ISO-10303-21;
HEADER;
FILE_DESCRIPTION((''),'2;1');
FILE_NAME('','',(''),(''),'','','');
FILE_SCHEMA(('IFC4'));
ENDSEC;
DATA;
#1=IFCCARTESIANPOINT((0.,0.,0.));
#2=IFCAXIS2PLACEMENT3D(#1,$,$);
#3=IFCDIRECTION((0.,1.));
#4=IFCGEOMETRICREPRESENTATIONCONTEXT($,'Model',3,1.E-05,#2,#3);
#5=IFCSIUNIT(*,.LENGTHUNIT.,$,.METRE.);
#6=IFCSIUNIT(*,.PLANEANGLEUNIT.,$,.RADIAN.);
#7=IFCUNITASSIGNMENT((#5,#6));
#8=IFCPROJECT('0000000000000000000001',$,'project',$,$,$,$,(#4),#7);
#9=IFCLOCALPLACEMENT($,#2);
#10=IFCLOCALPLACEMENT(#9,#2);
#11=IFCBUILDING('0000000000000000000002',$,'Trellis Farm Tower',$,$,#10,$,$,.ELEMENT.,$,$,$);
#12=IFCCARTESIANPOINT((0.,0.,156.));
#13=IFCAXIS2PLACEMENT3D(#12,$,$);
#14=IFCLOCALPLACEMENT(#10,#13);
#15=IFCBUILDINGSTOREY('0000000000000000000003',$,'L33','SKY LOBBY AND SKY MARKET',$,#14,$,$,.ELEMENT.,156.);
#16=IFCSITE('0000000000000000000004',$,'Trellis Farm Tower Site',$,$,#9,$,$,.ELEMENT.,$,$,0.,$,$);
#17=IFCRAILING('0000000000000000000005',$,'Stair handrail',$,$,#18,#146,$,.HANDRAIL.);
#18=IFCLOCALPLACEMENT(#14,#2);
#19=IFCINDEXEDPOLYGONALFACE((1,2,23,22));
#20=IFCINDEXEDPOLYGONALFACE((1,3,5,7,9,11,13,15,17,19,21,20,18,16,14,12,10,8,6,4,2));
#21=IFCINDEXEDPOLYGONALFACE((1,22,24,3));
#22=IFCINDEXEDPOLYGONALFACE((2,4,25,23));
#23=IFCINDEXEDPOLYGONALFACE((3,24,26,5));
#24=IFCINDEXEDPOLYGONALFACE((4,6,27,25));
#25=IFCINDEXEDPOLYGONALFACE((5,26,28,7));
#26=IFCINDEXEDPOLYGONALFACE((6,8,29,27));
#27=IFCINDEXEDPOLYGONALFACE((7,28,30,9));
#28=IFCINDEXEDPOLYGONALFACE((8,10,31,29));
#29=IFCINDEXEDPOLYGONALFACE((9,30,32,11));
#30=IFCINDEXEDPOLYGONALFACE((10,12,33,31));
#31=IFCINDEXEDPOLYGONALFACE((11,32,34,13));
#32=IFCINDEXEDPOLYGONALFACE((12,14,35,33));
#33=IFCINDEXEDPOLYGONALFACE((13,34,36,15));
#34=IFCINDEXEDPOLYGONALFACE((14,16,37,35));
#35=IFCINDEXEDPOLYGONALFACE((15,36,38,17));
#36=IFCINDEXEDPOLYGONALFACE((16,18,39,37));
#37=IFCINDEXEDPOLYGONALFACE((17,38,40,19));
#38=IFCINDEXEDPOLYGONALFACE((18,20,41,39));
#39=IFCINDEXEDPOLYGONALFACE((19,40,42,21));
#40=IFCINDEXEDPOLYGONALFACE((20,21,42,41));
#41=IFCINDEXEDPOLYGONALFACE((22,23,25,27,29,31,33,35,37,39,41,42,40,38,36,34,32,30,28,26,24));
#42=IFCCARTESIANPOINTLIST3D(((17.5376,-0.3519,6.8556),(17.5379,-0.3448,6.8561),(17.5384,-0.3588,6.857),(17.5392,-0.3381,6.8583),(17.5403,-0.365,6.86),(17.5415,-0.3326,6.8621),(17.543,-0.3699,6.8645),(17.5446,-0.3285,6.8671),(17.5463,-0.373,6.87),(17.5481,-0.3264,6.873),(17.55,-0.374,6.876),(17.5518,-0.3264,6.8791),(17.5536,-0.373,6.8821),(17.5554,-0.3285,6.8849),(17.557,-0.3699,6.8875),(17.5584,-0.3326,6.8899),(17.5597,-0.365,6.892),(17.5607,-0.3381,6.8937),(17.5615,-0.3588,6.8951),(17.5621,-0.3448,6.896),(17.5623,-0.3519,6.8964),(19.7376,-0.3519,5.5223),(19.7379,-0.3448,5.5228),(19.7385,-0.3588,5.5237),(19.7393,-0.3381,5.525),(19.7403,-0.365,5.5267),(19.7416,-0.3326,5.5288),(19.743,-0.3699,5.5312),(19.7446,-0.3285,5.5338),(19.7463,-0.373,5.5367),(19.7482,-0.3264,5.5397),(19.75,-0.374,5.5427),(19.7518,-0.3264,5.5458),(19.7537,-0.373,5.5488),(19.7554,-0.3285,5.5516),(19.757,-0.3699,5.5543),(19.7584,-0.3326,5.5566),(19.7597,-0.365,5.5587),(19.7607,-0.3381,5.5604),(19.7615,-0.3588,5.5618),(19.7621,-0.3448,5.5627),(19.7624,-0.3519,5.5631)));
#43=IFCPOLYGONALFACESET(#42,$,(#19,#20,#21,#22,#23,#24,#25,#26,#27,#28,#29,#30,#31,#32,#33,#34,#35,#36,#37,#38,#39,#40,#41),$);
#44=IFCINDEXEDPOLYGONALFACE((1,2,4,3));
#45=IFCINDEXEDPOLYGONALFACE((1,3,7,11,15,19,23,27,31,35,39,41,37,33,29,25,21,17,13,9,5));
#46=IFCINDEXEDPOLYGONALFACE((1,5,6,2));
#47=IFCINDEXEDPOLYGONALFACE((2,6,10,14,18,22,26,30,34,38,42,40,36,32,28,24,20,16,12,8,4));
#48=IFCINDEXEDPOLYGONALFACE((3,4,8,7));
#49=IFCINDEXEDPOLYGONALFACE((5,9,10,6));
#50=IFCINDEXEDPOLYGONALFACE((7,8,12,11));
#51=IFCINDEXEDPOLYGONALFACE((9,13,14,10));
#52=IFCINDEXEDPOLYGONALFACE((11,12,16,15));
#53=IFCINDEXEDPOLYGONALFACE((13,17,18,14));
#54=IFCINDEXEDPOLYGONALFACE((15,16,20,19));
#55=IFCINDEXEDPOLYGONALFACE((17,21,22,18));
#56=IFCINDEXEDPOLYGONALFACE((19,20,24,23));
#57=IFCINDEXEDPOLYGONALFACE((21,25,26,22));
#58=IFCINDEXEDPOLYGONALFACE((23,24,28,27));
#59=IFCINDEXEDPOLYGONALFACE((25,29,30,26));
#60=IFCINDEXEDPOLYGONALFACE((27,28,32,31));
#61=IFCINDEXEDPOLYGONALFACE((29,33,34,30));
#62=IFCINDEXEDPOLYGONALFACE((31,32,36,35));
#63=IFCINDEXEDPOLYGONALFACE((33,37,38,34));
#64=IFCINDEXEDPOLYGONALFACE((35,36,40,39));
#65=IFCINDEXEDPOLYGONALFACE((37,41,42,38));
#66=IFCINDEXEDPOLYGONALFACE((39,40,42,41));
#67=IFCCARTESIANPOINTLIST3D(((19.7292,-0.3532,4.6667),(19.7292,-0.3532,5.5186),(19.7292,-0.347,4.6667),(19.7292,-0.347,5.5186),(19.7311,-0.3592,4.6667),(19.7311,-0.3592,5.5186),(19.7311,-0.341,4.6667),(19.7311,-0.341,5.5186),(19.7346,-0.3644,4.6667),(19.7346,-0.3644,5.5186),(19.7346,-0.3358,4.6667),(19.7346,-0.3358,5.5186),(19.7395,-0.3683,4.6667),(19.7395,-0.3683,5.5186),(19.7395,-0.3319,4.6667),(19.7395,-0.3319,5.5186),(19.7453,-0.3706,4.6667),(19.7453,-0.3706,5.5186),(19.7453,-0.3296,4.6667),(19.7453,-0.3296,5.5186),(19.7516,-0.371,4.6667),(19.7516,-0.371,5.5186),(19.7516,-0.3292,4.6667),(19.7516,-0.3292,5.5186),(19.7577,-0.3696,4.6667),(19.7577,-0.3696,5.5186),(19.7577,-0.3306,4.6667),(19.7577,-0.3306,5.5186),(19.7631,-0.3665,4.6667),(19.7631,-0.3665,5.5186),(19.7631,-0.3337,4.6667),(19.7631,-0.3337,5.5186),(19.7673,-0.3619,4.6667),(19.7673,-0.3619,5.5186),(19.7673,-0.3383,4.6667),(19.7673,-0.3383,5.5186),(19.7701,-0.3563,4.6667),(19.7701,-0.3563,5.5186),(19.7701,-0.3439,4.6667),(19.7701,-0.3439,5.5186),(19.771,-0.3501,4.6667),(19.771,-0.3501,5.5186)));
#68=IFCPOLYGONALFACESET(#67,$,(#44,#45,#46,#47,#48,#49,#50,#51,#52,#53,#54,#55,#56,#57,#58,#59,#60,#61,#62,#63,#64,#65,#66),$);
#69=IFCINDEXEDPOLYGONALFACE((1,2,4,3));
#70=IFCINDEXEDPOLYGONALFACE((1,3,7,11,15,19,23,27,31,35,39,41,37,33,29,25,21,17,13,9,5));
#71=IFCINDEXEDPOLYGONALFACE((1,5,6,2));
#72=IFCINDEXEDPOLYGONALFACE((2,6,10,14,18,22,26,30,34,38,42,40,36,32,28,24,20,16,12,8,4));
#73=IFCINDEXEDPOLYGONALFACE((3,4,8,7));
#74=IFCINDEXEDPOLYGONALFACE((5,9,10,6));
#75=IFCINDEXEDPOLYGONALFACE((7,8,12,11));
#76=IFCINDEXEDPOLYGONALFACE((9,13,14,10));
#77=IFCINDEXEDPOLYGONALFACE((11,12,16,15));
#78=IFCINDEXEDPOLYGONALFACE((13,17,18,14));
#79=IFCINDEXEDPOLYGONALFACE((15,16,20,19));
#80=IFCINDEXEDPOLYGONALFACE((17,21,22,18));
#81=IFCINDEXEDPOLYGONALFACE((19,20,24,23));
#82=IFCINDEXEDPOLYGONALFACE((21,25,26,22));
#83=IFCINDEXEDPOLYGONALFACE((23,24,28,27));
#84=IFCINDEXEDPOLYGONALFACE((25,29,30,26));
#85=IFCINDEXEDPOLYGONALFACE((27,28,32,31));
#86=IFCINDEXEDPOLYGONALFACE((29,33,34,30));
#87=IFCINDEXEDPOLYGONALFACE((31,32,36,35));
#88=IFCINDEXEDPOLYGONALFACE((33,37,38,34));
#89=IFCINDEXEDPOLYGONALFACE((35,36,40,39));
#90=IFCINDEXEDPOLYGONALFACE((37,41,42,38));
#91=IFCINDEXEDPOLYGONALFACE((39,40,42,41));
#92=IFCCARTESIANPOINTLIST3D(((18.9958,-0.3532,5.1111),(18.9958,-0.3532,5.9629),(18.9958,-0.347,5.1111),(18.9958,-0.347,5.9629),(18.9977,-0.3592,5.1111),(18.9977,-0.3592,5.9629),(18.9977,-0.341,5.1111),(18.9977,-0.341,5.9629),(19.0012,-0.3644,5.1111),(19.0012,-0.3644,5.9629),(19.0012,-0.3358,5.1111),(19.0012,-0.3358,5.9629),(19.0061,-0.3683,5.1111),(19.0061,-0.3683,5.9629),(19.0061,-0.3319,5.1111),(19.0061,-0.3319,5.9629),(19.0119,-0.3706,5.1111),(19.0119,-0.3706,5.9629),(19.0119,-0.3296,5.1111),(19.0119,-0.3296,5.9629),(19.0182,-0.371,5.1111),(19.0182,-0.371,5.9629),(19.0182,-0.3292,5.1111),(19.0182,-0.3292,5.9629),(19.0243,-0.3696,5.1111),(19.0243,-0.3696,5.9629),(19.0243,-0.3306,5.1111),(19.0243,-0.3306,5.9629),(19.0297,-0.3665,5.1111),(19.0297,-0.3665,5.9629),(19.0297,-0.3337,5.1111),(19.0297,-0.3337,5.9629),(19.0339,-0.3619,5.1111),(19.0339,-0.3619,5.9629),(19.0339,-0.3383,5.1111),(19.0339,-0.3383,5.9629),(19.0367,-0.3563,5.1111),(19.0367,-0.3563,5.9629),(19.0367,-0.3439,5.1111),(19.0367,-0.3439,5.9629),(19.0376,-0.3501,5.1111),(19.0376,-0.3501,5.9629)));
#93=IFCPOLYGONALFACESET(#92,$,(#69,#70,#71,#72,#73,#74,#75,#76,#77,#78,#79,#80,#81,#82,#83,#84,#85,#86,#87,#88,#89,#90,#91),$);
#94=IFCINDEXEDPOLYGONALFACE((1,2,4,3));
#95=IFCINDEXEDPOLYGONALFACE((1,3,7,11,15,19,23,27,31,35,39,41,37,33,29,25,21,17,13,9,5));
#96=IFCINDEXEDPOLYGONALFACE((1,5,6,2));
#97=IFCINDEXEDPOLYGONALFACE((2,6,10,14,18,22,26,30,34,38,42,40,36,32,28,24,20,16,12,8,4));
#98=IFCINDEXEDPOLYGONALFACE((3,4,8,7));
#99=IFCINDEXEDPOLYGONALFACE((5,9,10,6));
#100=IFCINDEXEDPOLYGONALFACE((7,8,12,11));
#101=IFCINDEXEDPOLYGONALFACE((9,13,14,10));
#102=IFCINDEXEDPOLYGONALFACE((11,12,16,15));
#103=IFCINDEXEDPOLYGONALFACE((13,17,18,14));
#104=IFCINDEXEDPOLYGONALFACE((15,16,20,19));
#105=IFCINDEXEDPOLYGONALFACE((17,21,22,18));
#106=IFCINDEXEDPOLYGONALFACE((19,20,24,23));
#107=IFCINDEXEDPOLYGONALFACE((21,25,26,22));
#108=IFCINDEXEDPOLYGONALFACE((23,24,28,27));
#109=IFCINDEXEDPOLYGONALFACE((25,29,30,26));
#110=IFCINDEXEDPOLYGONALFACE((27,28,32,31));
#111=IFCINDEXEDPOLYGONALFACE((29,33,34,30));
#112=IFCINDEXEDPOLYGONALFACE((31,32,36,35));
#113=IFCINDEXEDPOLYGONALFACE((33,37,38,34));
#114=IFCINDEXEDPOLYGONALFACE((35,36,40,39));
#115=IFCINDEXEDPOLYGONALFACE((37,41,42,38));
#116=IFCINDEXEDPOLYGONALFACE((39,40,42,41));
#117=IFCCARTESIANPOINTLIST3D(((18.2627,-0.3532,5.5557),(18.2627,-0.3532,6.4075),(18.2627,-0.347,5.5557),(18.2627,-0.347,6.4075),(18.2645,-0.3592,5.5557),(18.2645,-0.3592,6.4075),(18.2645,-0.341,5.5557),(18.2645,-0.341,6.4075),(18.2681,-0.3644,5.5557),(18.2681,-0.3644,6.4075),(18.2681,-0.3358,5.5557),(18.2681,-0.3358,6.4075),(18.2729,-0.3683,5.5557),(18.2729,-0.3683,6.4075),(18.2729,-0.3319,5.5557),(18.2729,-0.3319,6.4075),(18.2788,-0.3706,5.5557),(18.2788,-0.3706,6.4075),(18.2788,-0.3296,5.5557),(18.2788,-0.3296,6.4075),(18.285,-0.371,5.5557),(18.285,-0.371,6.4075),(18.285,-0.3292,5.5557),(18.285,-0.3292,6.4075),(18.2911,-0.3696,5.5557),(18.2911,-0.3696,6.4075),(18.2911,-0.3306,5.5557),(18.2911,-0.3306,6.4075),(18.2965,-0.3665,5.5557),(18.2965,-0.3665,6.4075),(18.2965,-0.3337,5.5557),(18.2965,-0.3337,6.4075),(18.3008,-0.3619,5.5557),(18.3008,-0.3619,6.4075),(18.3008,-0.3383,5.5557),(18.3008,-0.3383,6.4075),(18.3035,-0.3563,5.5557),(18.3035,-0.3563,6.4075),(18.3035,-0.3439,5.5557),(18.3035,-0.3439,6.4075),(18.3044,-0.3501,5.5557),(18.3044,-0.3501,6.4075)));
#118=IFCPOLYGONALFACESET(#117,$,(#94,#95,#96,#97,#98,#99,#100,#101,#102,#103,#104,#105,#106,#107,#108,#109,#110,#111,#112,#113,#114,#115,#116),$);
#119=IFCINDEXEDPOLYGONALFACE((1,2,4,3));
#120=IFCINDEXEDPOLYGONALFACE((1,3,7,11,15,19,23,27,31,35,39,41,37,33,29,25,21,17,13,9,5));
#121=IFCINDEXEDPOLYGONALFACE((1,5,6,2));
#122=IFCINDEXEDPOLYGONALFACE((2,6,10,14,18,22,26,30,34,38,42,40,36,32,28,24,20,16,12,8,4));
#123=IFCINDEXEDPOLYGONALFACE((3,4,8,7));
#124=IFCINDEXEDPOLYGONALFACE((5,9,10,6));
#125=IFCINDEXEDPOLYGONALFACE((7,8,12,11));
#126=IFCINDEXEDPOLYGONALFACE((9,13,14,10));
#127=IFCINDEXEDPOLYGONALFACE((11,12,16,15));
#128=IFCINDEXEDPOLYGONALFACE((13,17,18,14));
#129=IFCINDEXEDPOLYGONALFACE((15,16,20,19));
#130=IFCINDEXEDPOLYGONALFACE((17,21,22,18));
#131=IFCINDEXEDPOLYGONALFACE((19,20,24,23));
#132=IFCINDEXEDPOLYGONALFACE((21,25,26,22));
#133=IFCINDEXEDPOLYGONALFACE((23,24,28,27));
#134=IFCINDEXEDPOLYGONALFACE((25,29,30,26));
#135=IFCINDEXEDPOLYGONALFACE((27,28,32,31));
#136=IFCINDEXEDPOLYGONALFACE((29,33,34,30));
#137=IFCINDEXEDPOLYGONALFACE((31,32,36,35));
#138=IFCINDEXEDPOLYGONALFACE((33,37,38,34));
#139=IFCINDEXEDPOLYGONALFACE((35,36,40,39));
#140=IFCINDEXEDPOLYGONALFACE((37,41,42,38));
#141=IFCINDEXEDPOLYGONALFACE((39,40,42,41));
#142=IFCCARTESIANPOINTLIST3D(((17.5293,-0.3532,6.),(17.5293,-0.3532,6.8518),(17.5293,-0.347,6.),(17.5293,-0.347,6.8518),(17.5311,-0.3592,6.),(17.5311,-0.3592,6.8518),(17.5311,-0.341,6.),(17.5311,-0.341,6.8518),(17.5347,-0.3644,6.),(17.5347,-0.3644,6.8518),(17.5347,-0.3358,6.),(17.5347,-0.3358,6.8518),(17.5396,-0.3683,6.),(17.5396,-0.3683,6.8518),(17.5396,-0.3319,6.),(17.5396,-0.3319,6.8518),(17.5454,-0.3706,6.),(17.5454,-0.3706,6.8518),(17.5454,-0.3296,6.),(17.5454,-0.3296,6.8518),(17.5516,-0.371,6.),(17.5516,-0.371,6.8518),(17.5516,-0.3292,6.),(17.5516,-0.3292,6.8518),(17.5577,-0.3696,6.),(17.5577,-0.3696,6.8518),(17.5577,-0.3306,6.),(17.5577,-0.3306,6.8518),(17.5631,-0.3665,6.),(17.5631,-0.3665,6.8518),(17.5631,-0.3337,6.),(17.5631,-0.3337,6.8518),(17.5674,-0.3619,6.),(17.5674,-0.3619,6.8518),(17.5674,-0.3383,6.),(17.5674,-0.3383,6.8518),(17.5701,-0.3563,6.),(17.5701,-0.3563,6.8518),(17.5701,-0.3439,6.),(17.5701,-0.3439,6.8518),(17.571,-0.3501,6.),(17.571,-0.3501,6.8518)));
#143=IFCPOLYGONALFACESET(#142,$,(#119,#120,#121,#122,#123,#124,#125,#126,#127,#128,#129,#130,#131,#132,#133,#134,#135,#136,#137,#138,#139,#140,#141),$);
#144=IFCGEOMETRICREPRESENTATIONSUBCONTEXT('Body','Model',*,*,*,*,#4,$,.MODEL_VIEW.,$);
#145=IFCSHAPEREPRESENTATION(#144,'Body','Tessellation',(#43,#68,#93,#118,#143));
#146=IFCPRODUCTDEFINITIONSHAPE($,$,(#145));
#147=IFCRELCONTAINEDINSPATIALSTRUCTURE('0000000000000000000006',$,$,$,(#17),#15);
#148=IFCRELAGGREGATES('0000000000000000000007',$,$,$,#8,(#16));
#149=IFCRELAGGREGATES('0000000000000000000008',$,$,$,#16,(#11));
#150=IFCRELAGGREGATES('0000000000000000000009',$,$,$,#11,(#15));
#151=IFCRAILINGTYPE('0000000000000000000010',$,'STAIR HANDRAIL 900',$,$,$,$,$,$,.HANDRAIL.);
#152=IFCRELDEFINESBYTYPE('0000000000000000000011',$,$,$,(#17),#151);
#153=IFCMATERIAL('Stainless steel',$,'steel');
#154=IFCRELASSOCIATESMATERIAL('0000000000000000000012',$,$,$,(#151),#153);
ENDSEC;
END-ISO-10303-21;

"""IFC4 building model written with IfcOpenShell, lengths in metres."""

from ifc_helpers import new_model, si_unit, direction, frame, origin, origin_2d, place, context, subcontext, project, spatial, circle, extrude, source, transform, mapped, material, type_object, element, save


model = new_model("IFC4")

# Units and contexts
model_context = context("Model", 3, precision=1e-05, world=origin(), true_north=direction((0.0, 1.0)))
body_context = subcontext(model_context, "Body", "Model", "MODEL_VIEW")
ifc_project = project(units=[si_unit("LENGTHUNIT", "METRE"), si_unit("PLANEANGLEUNIT", "RADIAN")], contexts=[model_context])

# Site, building, storey
site_placement = place(None, origin())
site = spatial("IfcSite", under=ifc_project, at=site_placement, Name="Trellis Farm Tower Site", CompositionType="ELEMENT", RefElevation=0.0)
building_placement = place(site_placement, origin())
building = spatial("IfcBuilding", under=site, at=building_placement, Name="Trellis Farm Tower", CompositionType="ELEMENT")
storey_placement = place(building_placement, frame((0.0, 0.0, 156.0)))
storey = spatial("IfcBuildingStorey", under=building, at=storey_placement, Name="L33", Description="SKY LOBBY AND SKY MARKET", CompositionType="ELEMENT", Elevation=156.0)

# Shared definitions
ifc_material_1 = material(Name="Stainless steel", Category="steel")

# Railing
railing_type = type_object("IfcRailingType", Name="STAIR HANDRAIL 900", PredefinedType="HANDRAIL", material=ifc_material_1)
shared_shape_1 = source(origin(), body_context, "Body", "SweptSolid", [
    extrude(circle(Radius=0.0239, at=origin_2d()), frame((0.0, 0.0, 0.876), z_axis=(-0.855207, 0.0, 0.518287), x_axis=(0.0, -1.0, 0.0)), (0.0, 0.0, 1.0), 2.5725),
    extrude(circle(Radius=0.021, at=origin_2d()), origin(), (0.0, 0.0, 1.0), 0.8518),
    extrude(circle(Radius=0.021, at=origin_2d()), frame((-0.7334, 0.0, 0.4443)), (0.0, 0.0, 1.0), 0.8518),
    extrude(circle(Radius=0.021, at=origin_2d()), frame((-1.4666, 0.0, 0.8889)), (0.0, 0.0, 1.0), 0.8518),
    extrude(circle(Radius=0.021, at=origin_2d()), frame((-2.2, 0.0, 1.3333)), (0.0, 0.0, 1.0), 0.8518),
])
for number, where, name in (
    (1, (19.75, -0.3501, 4.6667), "Stair handrail"),
):
    element("IfcRailing", number, at=place(storey_placement, frame(where)), inside=storey, type_object=railing_type, Name=name, PredefinedType="HANDRAIL", context=body_context, shape_type="MappedRepresentation", body=[
        mapped(shared_shape_1, transform((0.0, 0.0, 0.0))),
    ])

save(model, "model.ifc")
